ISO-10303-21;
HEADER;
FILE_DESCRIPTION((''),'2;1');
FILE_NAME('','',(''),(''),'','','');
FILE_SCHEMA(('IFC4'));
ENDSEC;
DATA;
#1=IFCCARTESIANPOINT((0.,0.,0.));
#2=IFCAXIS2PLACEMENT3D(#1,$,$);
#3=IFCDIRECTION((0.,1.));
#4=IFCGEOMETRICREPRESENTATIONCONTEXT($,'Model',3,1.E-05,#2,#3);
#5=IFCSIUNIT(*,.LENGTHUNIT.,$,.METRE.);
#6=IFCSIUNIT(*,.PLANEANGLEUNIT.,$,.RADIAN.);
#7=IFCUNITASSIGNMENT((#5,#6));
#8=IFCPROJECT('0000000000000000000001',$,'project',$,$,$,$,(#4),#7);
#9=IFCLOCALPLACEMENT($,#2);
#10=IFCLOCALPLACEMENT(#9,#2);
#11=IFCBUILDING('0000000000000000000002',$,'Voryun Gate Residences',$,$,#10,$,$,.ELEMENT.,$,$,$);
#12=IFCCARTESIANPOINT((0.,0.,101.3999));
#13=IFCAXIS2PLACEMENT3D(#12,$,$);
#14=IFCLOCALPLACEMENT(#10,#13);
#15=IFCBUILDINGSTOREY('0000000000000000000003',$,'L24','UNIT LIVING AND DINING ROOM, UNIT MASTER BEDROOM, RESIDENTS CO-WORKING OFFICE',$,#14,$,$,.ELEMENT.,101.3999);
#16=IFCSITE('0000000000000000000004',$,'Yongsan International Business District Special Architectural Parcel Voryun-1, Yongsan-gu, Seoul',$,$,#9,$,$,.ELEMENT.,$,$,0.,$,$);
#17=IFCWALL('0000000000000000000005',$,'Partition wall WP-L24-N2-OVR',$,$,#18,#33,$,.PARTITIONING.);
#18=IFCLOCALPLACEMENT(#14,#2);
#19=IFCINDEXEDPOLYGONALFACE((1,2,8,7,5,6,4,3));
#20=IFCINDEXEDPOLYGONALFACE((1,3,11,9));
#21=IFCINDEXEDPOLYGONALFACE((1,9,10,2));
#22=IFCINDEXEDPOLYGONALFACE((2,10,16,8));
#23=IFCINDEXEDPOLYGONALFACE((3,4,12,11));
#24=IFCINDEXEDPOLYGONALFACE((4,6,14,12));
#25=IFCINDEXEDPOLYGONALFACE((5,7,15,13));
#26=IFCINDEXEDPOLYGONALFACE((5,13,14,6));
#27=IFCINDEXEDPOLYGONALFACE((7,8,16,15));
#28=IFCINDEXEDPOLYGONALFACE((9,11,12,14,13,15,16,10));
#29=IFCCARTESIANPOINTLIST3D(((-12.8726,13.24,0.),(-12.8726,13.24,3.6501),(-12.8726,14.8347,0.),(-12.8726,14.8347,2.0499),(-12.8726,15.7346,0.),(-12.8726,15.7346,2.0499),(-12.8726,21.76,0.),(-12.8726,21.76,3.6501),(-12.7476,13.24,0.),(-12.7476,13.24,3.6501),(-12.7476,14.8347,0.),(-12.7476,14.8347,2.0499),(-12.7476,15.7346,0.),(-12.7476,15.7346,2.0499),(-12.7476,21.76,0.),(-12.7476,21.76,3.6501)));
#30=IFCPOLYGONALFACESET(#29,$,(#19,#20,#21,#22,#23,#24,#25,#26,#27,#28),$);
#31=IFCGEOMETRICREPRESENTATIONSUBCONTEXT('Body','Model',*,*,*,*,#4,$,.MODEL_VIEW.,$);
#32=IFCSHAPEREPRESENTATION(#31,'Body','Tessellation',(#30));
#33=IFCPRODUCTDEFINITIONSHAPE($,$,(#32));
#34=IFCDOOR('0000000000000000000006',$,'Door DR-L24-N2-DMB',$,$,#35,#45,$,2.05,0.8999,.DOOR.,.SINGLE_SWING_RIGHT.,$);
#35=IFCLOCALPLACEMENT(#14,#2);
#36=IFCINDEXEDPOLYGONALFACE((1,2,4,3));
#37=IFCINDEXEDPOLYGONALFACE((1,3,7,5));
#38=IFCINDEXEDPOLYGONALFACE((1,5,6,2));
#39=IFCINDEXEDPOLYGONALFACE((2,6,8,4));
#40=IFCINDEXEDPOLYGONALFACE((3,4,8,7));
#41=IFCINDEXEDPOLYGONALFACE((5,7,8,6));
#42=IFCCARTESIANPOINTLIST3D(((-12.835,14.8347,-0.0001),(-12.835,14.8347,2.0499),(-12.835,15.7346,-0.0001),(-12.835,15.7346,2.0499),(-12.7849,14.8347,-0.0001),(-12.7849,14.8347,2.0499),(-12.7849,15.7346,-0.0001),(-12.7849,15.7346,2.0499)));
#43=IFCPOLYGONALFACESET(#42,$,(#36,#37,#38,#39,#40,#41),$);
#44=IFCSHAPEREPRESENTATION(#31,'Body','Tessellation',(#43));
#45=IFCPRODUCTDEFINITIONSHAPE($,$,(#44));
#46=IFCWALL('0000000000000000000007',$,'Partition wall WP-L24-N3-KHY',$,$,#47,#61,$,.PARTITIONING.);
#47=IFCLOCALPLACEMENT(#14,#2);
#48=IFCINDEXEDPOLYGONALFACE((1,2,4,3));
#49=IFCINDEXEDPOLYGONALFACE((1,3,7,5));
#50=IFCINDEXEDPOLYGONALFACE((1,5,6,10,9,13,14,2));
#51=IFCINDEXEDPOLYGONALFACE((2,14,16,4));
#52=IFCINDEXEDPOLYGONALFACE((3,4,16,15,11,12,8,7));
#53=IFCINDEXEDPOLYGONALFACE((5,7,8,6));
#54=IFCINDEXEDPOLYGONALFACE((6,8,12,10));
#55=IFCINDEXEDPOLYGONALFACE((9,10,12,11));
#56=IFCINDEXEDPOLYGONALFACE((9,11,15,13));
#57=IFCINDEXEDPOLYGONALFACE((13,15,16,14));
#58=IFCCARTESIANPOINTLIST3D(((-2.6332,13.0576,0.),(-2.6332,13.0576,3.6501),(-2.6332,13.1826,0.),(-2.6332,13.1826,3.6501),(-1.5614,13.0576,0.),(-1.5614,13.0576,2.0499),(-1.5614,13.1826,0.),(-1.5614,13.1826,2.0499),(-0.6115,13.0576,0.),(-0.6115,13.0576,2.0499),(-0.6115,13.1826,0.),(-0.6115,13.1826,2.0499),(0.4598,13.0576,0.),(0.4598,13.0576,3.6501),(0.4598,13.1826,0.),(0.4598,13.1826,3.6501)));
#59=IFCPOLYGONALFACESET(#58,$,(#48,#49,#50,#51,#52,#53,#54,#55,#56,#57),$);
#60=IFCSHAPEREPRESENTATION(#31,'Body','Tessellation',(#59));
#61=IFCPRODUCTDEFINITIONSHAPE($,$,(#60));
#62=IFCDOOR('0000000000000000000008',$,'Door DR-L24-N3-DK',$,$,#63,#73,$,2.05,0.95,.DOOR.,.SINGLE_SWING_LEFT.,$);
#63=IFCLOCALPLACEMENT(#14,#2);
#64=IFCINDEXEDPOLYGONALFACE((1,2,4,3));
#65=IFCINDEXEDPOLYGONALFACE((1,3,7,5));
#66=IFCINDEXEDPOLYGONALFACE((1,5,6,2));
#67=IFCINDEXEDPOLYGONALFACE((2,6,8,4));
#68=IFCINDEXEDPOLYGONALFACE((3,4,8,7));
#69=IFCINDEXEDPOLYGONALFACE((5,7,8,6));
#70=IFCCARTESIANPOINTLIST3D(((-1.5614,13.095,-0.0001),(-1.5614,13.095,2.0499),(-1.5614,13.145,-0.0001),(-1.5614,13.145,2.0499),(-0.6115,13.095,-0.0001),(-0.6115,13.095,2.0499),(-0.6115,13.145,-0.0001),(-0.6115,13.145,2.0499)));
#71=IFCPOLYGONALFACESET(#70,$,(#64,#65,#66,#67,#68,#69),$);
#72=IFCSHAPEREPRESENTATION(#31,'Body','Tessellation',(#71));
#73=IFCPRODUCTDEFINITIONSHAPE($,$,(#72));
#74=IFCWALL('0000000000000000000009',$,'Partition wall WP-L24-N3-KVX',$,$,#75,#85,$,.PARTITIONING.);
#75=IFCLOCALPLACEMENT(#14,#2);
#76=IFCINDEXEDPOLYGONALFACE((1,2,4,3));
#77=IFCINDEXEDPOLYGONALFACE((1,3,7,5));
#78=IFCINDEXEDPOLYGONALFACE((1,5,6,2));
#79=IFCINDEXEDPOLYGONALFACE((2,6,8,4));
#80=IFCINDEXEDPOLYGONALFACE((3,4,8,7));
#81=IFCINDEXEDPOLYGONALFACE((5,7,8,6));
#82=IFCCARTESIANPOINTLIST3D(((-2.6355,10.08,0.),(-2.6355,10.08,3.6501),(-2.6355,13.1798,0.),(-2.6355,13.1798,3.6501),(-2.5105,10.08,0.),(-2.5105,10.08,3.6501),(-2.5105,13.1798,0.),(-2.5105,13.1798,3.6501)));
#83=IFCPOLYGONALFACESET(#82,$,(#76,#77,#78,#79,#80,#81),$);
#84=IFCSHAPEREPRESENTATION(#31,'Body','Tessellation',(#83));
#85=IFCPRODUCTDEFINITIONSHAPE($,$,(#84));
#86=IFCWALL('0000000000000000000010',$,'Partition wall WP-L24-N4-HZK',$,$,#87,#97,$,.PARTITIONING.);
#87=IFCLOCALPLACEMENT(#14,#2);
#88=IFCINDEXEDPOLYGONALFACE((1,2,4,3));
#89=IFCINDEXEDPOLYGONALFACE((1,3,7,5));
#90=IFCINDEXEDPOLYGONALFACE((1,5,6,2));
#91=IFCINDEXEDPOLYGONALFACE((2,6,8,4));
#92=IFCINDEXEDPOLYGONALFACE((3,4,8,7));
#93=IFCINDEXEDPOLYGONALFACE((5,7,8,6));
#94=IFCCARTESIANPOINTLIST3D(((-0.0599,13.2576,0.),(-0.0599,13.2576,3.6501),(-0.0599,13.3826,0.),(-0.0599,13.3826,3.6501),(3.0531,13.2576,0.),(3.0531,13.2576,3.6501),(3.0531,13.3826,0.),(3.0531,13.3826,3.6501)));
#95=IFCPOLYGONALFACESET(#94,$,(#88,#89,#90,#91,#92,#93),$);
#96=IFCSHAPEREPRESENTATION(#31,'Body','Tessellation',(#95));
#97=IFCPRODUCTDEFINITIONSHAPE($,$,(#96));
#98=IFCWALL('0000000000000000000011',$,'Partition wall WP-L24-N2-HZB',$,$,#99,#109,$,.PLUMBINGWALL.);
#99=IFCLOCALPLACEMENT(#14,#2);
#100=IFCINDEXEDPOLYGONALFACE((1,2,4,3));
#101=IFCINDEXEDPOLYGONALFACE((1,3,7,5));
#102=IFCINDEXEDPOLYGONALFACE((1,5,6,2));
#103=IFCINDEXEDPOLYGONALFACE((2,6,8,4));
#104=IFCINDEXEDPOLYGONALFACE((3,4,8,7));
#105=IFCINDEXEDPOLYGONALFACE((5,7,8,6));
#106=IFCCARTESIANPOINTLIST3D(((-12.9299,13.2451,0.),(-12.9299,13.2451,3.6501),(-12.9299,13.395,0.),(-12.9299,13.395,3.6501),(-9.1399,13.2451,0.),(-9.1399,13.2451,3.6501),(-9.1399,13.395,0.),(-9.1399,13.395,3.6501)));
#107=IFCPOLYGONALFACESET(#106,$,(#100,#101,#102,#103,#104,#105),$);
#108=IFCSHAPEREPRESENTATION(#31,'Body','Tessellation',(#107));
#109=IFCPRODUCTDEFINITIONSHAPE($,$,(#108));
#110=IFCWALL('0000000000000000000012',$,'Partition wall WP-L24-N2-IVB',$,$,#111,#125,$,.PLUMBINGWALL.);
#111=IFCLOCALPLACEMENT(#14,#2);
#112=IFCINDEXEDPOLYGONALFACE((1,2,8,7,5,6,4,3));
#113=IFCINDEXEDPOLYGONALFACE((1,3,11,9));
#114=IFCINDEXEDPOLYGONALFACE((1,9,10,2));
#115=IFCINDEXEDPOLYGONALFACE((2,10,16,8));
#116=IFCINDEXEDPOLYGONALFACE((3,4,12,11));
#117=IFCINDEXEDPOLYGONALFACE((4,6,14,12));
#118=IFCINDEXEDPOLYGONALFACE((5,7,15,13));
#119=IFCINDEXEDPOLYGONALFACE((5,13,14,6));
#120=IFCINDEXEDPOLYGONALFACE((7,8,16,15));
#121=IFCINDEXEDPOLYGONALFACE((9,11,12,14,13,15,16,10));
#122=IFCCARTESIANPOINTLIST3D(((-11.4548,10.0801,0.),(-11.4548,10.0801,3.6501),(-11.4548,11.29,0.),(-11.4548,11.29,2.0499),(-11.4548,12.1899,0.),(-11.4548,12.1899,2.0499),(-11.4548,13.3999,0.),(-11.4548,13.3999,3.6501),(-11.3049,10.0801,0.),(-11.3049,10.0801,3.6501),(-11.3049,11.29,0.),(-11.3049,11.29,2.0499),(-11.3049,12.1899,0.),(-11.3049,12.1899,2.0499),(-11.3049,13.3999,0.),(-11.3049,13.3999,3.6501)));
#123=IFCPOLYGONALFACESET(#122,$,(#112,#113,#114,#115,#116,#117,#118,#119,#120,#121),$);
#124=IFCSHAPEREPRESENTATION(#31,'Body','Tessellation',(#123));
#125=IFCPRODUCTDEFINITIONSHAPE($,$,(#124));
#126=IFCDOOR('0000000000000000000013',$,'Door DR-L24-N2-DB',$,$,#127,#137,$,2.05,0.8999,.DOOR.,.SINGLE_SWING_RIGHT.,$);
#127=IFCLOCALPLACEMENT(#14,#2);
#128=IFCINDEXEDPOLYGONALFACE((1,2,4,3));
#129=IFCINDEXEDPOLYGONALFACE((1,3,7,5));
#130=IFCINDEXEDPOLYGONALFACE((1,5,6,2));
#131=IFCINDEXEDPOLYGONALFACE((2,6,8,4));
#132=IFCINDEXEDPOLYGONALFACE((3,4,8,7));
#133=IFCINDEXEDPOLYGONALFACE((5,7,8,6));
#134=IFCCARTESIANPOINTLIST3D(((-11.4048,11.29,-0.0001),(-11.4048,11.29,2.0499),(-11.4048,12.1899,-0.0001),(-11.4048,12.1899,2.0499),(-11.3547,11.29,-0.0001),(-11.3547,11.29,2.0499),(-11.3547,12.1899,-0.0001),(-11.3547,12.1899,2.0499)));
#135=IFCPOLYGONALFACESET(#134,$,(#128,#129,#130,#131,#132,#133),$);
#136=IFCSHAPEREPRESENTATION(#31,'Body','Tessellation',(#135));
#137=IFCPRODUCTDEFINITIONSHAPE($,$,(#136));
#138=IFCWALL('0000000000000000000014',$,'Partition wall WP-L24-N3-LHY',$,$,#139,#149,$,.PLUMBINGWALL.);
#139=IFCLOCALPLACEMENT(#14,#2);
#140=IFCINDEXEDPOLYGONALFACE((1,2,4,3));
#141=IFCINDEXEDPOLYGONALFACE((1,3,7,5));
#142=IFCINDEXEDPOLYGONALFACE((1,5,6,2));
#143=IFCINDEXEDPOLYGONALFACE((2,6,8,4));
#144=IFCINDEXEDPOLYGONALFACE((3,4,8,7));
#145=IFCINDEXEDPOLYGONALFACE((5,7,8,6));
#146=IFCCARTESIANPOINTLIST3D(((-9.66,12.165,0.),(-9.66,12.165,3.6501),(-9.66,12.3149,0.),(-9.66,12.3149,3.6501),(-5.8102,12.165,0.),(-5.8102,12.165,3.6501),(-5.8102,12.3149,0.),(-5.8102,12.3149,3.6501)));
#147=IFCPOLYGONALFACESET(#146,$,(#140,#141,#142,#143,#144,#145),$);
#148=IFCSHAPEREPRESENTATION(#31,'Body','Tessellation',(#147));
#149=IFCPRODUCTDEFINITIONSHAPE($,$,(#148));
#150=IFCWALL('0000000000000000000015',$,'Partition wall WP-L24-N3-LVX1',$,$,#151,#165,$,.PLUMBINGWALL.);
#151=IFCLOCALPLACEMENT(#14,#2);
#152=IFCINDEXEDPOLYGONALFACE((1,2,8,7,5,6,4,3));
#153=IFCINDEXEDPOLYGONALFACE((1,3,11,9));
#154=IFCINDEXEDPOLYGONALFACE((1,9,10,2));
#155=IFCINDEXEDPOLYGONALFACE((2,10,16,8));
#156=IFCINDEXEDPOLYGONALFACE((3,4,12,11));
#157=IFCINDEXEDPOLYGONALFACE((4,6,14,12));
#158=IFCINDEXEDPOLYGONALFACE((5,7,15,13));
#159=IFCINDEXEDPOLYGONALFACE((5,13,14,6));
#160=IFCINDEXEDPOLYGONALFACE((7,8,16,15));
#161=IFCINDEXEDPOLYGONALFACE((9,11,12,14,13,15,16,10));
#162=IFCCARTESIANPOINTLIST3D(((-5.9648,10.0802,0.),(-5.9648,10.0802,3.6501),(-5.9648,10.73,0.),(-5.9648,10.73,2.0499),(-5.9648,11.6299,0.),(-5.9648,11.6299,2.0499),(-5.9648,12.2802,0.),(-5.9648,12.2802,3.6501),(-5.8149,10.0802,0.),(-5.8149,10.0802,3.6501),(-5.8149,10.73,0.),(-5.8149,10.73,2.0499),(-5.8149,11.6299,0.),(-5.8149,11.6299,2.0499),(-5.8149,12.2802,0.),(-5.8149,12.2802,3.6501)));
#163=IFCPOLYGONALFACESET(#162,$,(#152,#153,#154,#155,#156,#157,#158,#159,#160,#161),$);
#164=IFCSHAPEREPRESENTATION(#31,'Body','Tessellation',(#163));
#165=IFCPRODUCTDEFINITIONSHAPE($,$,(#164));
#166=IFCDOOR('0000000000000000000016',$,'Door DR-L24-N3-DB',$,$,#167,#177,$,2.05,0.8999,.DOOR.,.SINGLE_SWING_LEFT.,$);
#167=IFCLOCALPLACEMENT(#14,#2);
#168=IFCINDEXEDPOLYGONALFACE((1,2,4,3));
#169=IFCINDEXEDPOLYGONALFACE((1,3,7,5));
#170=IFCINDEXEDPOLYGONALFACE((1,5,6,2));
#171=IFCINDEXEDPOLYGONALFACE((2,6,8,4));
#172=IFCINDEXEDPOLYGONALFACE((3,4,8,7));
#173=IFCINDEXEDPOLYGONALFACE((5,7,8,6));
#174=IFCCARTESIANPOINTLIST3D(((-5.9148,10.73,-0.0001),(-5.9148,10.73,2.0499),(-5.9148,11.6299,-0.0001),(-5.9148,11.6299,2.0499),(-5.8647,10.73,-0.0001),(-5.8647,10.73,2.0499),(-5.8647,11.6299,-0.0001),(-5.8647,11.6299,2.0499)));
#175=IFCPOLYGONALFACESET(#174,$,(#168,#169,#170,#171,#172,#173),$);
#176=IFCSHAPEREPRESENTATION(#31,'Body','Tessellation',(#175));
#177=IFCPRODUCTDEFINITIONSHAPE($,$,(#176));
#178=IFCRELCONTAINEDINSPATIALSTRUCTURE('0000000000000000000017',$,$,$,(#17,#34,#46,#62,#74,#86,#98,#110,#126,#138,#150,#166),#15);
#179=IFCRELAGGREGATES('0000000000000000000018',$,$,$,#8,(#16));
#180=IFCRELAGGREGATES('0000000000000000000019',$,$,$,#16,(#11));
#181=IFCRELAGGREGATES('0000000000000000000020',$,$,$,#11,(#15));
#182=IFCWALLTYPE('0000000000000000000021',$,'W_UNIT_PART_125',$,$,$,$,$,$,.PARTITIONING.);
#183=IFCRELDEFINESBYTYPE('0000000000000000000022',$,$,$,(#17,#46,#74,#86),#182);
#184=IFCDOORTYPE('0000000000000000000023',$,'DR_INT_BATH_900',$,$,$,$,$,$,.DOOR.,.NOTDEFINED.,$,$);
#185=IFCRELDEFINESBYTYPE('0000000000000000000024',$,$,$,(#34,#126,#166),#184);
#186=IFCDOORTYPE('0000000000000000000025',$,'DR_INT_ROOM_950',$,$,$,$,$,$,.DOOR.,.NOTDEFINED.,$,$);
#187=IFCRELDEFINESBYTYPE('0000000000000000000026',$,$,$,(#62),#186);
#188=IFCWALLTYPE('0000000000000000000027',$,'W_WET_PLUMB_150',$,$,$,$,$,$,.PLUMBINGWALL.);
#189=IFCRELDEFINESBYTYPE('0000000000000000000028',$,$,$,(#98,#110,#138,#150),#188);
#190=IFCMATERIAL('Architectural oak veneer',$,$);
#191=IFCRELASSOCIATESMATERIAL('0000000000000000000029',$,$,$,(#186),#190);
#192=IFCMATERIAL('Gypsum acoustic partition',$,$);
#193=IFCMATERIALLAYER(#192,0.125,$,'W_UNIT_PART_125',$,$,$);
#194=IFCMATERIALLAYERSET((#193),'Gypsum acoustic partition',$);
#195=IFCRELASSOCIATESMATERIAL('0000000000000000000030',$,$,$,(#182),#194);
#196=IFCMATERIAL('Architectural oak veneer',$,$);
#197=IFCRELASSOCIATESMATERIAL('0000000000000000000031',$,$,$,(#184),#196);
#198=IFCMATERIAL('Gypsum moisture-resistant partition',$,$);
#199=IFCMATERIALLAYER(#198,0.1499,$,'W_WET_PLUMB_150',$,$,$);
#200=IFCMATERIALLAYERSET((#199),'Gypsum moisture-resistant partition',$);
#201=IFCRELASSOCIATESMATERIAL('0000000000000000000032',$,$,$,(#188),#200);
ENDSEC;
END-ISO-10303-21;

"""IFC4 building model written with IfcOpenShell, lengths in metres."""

from ifc_helpers import new_model, si_unit, direction, frame, frame_2d, origin, place, context, subcontext, project, spatial, rectangle, extrude, material, layer, layer_set, type_object, element, fill, save


model = new_model("IFC4")

# Units and contexts
model_context = context("Model", 3, precision=1e-05, world=origin(), true_north=direction((0.0, 1.0)))
body_context = subcontext(model_context, "Body", "Model", "MODEL_VIEW")
ifc_project = project(units=[si_unit("LENGTHUNIT", "METRE"), si_unit("PLANEANGLEUNIT", "RADIAN")], contexts=[model_context])

# Site, building, storey
site_placement = place(None, origin())
site = spatial("IfcSite", under=ifc_project, at=site_placement, Name="Yongsan International Business District Special Architectural Parcel Voryun-1, Yongsan-gu, Seoul", CompositionType="ELEMENT", RefElevation=0.0)
building_placement = place(site_placement, origin())
building = spatial("IfcBuilding", under=site, at=building_placement, Name="Voryun Gate Residences", CompositionType="ELEMENT")
storey_placement = place(building_placement, frame((0.0, 0.0, 101.3999)))
storey = spatial("IfcBuildingStorey", under=building, at=storey_placement, Name="L24", Description="UNIT LIVING AND DINING ROOM, UNIT MASTER BEDROOM, RESIDENTS CO-WORKING OFFICE", CompositionType="ELEMENT", Elevation=101.3999)

# Shared definitions
ifc_material_1 = material(Name="Architectural oak veneer")
door_type_1 = type_object("IfcDoorType", Name="DR_INT_ROOM_950", OperationType="NOTDEFINED", PredefinedType="DOOR", material=ifc_material_1)

# Walls, openings, doors
ifc_material_2 = material(Name="Gypsum acoustic partition")
ifc_layer_1 = layer(ifc_material_2, 0.125, Name="W_UNIT_PART_125")
ifc_layer_set_1 = layer_set([ifc_layer_1], Name="Gypsum acoustic partition")
wall_type_1 = type_object("IfcWallType", Name="W_UNIT_PART_125", PredefinedType="PARTITIONING", material=ifc_layer_set_1)
wall_1_placement = place(storey_placement, frame((-12.8101, 13.24, 0.0), z_axis=(0.0, 0.0, 1.0), x_axis=(0.0, 1.0, 0.0)))
wall_1 = element("IfcWall", 1, at=wall_1_placement, inside=storey, type_object=wall_type_1, Name="Partition wall WP-L24-N2-OVR", PredefinedType="PARTITIONING", context=body_context, shape_type="SweptSolid", body=[
    extrude(rectangle(XDim=8.52, YDim=0.125, at=frame_2d((4.26, 0.0))), origin(), (0.0, 0.0, 1.0), 3.6501),
])
opening_1_placement = place(wall_1_placement, frame((1.5947, 0.0, 0.0)))
opening_1 = element("IfcOpeningElement", 2, at=opening_1_placement, cuts=wall_1, PredefinedType="OPENING", context=body_context, shape_type="SweptSolid", body=[
    extrude(rectangle(XDim=0.8999, YDim=2.05, at=frame_2d((0.45, 1.0249))), frame((0.0, 0.0725, 0.0), z_axis=(0.0, -1.0, 0.0), x_axis=(1.0, 0.0, 0.0)), (0.0, 0.0, 1.0), 0.145),
])
ifc_material_3 = material(Name="Architectural oak veneer")
door_type_2 = type_object("IfcDoorType", Name="DR_INT_BATH_900", OperationType="NOTDEFINED", PredefinedType="DOOR", material=ifc_material_3)
door_1_placement = place(opening_1_placement, origin())
door_1 = element("IfcDoor", 3, at=door_1_placement, inside=storey, type_object=door_type_2, Name="Door DR-L24-N2-DMB", OperationType="SINGLE_SWING_RIGHT", OverallHeight=2.05, OverallWidth=0.8999, PredefinedType="DOOR", context=body_context, shape_type="SweptSolid", body=[
    extrude(rectangle(XDim=0.8999, YDim=2.05, at=frame_2d((0.45, 1.0249))), frame((0.0, 0.0249, 0.0), z_axis=(0.0, -1.0, 0.0), x_axis=(1.0, 0.0, 0.0)), (0.0, 0.0, 1.0), 0.05),
])
fill(opening_1, door_1)
wall_2_placement = place(storey_placement, frame((-2.6331, 13.1201, 0.0), z_axis=(0.0, 0.0, 1.0), x_axis=(1.0, 0.0, 0.0)))
wall_2 = element("IfcWall", 4, at=wall_2_placement, inside=storey, type_object=wall_type_1, Name="Partition wall WP-L24-N3-KHY", PredefinedType="PARTITIONING", context=body_context, shape_type="SweptSolid", body=[
    extrude(rectangle(XDim=3.093, YDim=0.125, at=frame_2d((1.5464, 0.0))), origin(), (0.0, 0.0, 1.0), 3.6501),
])
opening_2_placement = place(wall_2_placement, frame((1.0715, 0.0, 0.0)))
opening_2 = element("IfcOpeningElement", 5, at=opening_2_placement, cuts=wall_2, PredefinedType="OPENING", context=body_context, shape_type="SweptSolid", body=[
    extrude(rectangle(XDim=0.95, YDim=2.05, at=frame_2d((0.4751, 1.0249))), frame((0.0, 0.0725, 0.0), z_axis=(0.0, -1.0, 0.0), x_axis=(1.0, 0.0, 0.0)), (0.0, 0.0, 1.0), 0.145),
])
door_2_placement = place(opening_2_placement, origin())
door_2 = element("IfcDoor", 6, at=door_2_placement, inside=storey, type_object=door_type_1, Name="Door DR-L24-N3-DK", OperationType="SINGLE_SWING_LEFT", OverallHeight=2.05, OverallWidth=0.95, PredefinedType="DOOR", context=body_context, shape_type="SweptSolid", body=[
    extrude(rectangle(XDim=0.95, YDim=2.05, at=frame_2d((0.4751, 1.0249))), frame((0.0, 0.0249, 0.0), z_axis=(0.0, -1.0, 0.0), x_axis=(1.0, 0.0, 0.0)), (0.0, 0.0, 1.0), 0.05),
])
fill(opening_2, door_2)

# Walls
wall_3_placement = place(storey_placement, frame((-2.573, 10.0801, 0.0), z_axis=(0.0, 0.0, 1.0), x_axis=(0.0, 1.0, 0.0)))
element("IfcWall", 7, at=wall_3_placement, inside=storey, type_object=wall_type_1, Name="Partition wall WP-L24-N3-KVX", PredefinedType="PARTITIONING", context=body_context, shape_type="SweptSolid", body=[
    extrude(rectangle(XDim=3.0999, YDim=0.125, at=frame_2d((1.5498, 0.0))), origin(), (0.0, 0.0, 1.0), 3.6501),
])
wall_4_placement = place(storey_placement, frame((-0.0601, 13.3201, 0.0), z_axis=(0.0, 0.0, 1.0), x_axis=(1.0, 0.0, 0.0)))
element("IfcWall", 8, at=wall_4_placement, inside=storey, type_object=wall_type_1, Name="Partition wall WP-L24-N4-HZK", PredefinedType="PARTITIONING", context=body_context, shape_type="SweptSolid", body=[
    extrude(rectangle(XDim=3.113, YDim=0.125, at=frame_2d((1.5566, 0.0))), origin(), (0.0, 0.0, 1.0), 3.6501),
])
ifc_material_4 = material(Name="Gypsum moisture-resistant partition")
ifc_layer_2 = layer(ifc_material_4, 0.1499, Name="W_WET_PLUMB_150")
ifc_layer_set_2 = layer_set([ifc_layer_2], Name="Gypsum moisture-resistant partition")
wall_type_2 = type_object("IfcWallType", Name="W_WET_PLUMB_150", PredefinedType="PLUMBINGWALL", material=ifc_layer_set_2)
wall_5_placement = place(storey_placement, frame((-12.9299, 13.3201, 0.0), z_axis=(0.0, 0.0, 1.0), x_axis=(1.0, 0.0, 0.0)))
element("IfcWall", 9, at=wall_5_placement, inside=storey, type_object=wall_type_2, Name="Partition wall WP-L24-N2-HZB", PredefinedType="PLUMBINGWALL", context=body_context, shape_type="SweptSolid", body=[
    extrude(rectangle(XDim=3.79, YDim=0.1499, at=frame_2d((1.895, 0.0))), origin(), (0.0, 0.0, 1.0), 3.6501),
])

# Wall, opening, door
wall_6_placement = place(storey_placement, frame((-11.3799, 10.0801, 0.0), z_axis=(0.0, 0.0, 1.0), x_axis=(0.0, 1.0, 0.0)))
wall_6 = element("IfcWall", 10, at=wall_6_placement, inside=storey, type_object=wall_type_2, Name="Partition wall WP-L24-N2-IVB", PredefinedType="PLUMBINGWALL", context=body_context, shape_type="SweptSolid", body=[
    extrude(rectangle(XDim=3.3198, YDim=0.1499, at=frame_2d((1.6599, 0.0))), origin(), (0.0, 0.0, 1.0), 3.6501),
])
opening_3_placement = place(wall_6_placement, frame((1.21, 0.0, 0.0)))
opening_3 = element("IfcOpeningElement", 11, at=opening_3_placement, cuts=wall_6, PredefinedType="OPENING", context=body_context, shape_type="SweptSolid", body=[
    extrude(rectangle(XDim=0.8999, YDim=2.05, at=frame_2d((0.45, 1.0249))), frame((0.0, 0.085, 0.0), z_axis=(0.0, -1.0, 0.0), x_axis=(1.0, 0.0, 0.0)), (0.0, 0.0, 1.0), 0.1699),
])
door_3_placement = place(opening_3_placement, origin())
door_3 = element("IfcDoor", 12, at=door_3_placement, inside=storey, type_object=door_type_2, Name="Door DR-L24-N2-DB", OperationType="SINGLE_SWING_RIGHT", OverallHeight=2.05, OverallWidth=0.8999, PredefinedType="DOOR", context=body_context, shape_type="SweptSolid", body=[
    extrude(rectangle(XDim=0.8999, YDim=2.05, at=frame_2d((0.45, 1.0249))), frame((0.0, 0.0249, 0.0), z_axis=(0.0, -1.0, 0.0), x_axis=(1.0, 0.0, 0.0)), (0.0, 0.0, 1.0), 0.05),
])
fill(opening_3, door_3)

# Wall
wall_7_placement = place(storey_placement, frame((-9.6599, 12.24, 0.0), z_axis=(0.0, 0.0, 1.0), x_axis=(1.0, 0.0, 0.0)))
element("IfcWall", 13, at=wall_7_placement, inside=storey, type_object=wall_type_2, Name="Partition wall WP-L24-N3-LHY", PredefinedType="PLUMBINGWALL", context=body_context, shape_type="SweptSolid", body=[
    extrude(rectangle(XDim=3.8499, YDim=0.1499, at=frame_2d((1.9248, 0.0))), origin(), (0.0, 0.0, 1.0), 3.6501),
])

# Wall, opening, door
wall_8_placement = place(storey_placement, frame((-5.8899, 10.0801, 0.0), z_axis=(0.0, 0.0, 1.0), x_axis=(0.0, 1.0, 0.0)))
wall_8 = element("IfcWall", 14, at=wall_8_placement, inside=storey, type_object=wall_type_2, Name="Partition wall WP-L24-N3-LVX1", PredefinedType="PLUMBINGWALL", context=body_context, shape_type="SweptSolid", body=[
    extrude(rectangle(XDim=2.2, YDim=0.1499, at=frame_2d((1.1001, 0.0))), origin(), (0.0, 0.0, 1.0), 3.6501),
])
opening_4_placement = place(wall_8_placement, frame((0.6499, 0.0, 0.0)))
opening_4 = element("IfcOpeningElement", 15, at=opening_4_placement, cuts=wall_8, PredefinedType="OPENING", context=body_context, shape_type="SweptSolid", body=[
    extrude(rectangle(XDim=0.8999, YDim=2.05, at=frame_2d((0.45, 1.0249))), frame((0.0, 0.085, 0.0), z_axis=(0.0, -1.0, 0.0), x_axis=(1.0, 0.0, 0.0)), (0.0, 0.0, 1.0), 0.1699),
])
door_4_placement = place(opening_4_placement, origin())
door_4 = element("IfcDoor", 16, at=door_4_placement, inside=storey, type_object=door_type_2, Name="Door DR-L24-N3-DB", OperationType="SINGLE_SWING_LEFT", OverallHeight=2.05, OverallWidth=0.8999, PredefinedType="DOOR", context=body_context, shape_type="SweptSolid", body=[
    extrude(rectangle(XDim=0.8999, YDim=2.05, at=frame_2d((0.45, 1.0249))), frame((0.0, 0.0249, 0.0), z_axis=(0.0, -1.0, 0.0), x_axis=(1.0, 0.0, 0.0)), (0.0, 0.0, 1.0), 0.05),
])
fill(opening_4, door_4)

save(model, "model.ifc")
